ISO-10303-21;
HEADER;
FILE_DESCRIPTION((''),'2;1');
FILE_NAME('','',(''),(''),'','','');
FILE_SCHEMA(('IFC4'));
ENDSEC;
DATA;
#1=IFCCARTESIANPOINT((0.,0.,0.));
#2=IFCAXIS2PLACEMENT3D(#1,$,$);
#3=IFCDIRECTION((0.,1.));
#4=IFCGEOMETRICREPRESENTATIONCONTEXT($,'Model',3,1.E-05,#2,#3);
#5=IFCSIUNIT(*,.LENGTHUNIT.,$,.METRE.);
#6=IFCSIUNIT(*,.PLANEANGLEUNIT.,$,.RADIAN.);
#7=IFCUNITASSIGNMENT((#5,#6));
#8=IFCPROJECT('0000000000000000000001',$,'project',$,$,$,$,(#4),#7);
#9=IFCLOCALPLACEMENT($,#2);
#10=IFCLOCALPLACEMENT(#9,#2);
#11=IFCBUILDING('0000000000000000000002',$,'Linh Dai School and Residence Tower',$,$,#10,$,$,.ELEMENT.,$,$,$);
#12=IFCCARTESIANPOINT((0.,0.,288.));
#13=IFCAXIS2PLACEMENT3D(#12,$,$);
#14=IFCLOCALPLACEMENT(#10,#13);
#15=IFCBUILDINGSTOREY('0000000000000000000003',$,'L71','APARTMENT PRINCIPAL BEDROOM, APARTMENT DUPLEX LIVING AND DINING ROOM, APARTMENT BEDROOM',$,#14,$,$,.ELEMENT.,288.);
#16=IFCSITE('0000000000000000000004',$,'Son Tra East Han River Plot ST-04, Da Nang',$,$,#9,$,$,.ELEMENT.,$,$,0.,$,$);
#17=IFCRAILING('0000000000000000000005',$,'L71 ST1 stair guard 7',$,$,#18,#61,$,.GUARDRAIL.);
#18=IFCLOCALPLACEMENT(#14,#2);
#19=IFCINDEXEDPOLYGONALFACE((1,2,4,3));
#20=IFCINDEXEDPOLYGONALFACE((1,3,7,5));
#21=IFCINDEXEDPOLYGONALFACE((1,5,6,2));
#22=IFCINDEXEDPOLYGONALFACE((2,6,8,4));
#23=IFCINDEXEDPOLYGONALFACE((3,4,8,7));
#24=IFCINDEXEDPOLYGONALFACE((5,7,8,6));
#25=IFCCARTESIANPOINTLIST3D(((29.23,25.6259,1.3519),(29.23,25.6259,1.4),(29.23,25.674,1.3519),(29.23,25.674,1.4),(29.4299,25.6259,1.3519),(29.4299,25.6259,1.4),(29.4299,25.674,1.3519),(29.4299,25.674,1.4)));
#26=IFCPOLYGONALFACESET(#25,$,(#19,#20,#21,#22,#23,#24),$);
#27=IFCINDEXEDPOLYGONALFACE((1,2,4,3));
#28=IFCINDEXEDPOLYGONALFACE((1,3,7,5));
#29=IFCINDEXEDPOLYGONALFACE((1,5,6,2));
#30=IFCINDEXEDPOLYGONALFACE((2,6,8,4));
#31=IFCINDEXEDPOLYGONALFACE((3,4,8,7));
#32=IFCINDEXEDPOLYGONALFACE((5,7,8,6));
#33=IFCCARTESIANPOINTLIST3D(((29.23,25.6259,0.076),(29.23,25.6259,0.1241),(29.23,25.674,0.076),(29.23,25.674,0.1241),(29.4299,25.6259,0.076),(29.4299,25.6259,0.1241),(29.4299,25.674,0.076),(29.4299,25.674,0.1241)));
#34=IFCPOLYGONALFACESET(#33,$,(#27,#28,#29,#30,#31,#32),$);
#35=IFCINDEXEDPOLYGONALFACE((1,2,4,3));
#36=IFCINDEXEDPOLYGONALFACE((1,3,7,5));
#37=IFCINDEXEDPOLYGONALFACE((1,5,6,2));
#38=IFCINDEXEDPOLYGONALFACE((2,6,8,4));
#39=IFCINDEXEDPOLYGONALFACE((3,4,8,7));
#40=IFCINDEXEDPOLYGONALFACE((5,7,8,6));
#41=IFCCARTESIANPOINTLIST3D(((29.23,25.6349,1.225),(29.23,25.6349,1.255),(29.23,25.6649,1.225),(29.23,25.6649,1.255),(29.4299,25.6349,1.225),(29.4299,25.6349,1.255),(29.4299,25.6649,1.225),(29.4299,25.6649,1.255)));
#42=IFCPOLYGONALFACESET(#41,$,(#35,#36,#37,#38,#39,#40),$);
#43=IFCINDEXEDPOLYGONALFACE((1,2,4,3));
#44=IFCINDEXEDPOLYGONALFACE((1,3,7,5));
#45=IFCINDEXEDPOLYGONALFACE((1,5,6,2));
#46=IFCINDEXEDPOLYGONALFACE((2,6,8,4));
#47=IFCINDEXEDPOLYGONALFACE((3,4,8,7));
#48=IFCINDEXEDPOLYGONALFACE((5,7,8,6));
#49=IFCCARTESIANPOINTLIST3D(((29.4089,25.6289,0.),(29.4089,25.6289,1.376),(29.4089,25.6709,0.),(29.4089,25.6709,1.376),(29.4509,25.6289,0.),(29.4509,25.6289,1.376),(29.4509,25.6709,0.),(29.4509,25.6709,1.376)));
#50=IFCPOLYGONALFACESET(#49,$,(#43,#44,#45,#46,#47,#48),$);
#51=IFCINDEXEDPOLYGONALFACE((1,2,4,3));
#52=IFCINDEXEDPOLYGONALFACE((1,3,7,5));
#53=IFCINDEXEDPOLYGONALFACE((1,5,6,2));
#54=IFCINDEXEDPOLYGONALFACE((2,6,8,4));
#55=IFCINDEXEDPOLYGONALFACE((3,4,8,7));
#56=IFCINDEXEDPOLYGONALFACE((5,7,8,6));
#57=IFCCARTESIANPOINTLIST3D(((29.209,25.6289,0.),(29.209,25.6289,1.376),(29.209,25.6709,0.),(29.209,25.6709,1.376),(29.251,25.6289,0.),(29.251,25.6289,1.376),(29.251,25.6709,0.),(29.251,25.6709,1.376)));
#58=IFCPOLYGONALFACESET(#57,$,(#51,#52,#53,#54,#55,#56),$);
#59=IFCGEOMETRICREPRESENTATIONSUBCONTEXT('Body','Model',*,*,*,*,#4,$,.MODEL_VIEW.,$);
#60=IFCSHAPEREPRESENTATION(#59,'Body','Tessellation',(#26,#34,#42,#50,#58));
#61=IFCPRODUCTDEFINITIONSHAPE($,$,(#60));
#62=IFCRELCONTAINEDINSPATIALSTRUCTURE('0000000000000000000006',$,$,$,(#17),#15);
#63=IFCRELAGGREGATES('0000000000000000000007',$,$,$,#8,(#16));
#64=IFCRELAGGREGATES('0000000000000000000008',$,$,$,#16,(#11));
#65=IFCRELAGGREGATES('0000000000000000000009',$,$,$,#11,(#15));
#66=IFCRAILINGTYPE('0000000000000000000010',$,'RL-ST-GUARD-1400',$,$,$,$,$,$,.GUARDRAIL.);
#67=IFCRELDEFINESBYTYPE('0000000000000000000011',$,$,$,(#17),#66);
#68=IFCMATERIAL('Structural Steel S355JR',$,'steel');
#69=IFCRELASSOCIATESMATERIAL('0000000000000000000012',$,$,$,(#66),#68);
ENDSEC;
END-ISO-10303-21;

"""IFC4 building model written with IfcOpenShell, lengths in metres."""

from ifc_helpers import new_model, si_unit, direction, frame, origin, origin_2d, place, context, subcontext, project, spatial, rectangle, extrude, source, transform, mapped, material, type_object, element, save


model = new_model("IFC4")

# Units and contexts
model_context = context("Model", 3, precision=1e-05, world=origin(), true_north=direction((0.0, 1.0)))
body_context = subcontext(model_context, "Body", "Model", "MODEL_VIEW")
ifc_project = project(units=[si_unit("LENGTHUNIT", "METRE"), si_unit("PLANEANGLEUNIT", "RADIAN")], contexts=[model_context])

# Site, building, storey
site_placement = place(None, origin())
site = spatial("IfcSite", under=ifc_project, at=site_placement, Name="Son Tra East Han River Plot ST-04, Da Nang", CompositionType="ELEMENT", RefElevation=0.0)
building_placement = place(site_placement, origin())
building = spatial("IfcBuilding", under=site, at=building_placement, Name="Linh Dai School and Residence Tower", CompositionType="ELEMENT")
storey_placement = place(building_placement, frame((0.0, 0.0, 288.0)))
storey = spatial("IfcBuildingStorey", under=building, at=storey_placement, Name="L71", Description="APARTMENT PRINCIPAL BEDROOM, APARTMENT DUPLEX LIVING AND DINING ROOM, APARTMENT BEDROOM", CompositionType="ELEMENT", Elevation=288.0)

# Shared definitions
ifc_material_1 = material(Name="Structural Steel S355JR", Category="steel")

# Railing
railing_type_1 = type_object("IfcRailingType", Name="RL-ST-GUARD-1400", PredefinedType="GUARDRAIL", material=ifc_material_1)
shared_shape_1 = source(origin(), body_context, "Body", "SweptSolid", [
    extrude(rectangle(XDim=0.0481, YDim=0.0481, at=origin_2d()), frame((0.0, 0.0, 1.376), z_axis=(-1.0, 0.0, 0.0), x_axis=(0.0, -1.0, 0.0)), (0.0, 0.0, 1.0), 0.2),
    extrude(rectangle(XDim=0.0481, YDim=0.0481, at=origin_2d()), frame((0.0, 0.0, 0.1001), z_axis=(-1.0, 0.0, 0.0), x_axis=(0.0, -1.0, 0.0)), (0.0, 0.0, 1.0), 0.2),
    extrude(rectangle(XDim=0.03, YDim=0.03, at=origin_2d()), frame((0.0, 0.0, 1.24), z_axis=(-1.0, 0.0, 0.0), x_axis=(0.0, -1.0, 0.0)), (0.0, 0.0, 1.0), 0.2),
    extrude(rectangle(XDim=0.042, YDim=0.042, at=origin_2d()), origin(), (0.0, 0.0, 1.0), 1.376),
    extrude(rectangle(XDim=0.042, YDim=0.042, at=origin_2d()), frame((-0.2, 0.0, 0.0)), (0.0, 0.0, 1.0), 1.376),
])
railing_1_placement = place(storey_placement, frame((29.4299, 25.6499, 0.0)))
element("IfcRailing", 1, at=railing_1_placement, inside=storey, type_object=railing_type_1, Name="L71 ST1 stair guard 7", PredefinedType="GUARDRAIL", context=body_context, shape_type="MappedRepresentation", body=[
    mapped(shared_shape_1, transform((0.0, 0.0, 0.0), x_axis=(1.0, 0.0, 0.0), y_axis=(0.0, 1.0, 0.0), z_axis=(0.0, 0.0, 1.0), scale=1.0)),
])

save(model, "model.ifc")
